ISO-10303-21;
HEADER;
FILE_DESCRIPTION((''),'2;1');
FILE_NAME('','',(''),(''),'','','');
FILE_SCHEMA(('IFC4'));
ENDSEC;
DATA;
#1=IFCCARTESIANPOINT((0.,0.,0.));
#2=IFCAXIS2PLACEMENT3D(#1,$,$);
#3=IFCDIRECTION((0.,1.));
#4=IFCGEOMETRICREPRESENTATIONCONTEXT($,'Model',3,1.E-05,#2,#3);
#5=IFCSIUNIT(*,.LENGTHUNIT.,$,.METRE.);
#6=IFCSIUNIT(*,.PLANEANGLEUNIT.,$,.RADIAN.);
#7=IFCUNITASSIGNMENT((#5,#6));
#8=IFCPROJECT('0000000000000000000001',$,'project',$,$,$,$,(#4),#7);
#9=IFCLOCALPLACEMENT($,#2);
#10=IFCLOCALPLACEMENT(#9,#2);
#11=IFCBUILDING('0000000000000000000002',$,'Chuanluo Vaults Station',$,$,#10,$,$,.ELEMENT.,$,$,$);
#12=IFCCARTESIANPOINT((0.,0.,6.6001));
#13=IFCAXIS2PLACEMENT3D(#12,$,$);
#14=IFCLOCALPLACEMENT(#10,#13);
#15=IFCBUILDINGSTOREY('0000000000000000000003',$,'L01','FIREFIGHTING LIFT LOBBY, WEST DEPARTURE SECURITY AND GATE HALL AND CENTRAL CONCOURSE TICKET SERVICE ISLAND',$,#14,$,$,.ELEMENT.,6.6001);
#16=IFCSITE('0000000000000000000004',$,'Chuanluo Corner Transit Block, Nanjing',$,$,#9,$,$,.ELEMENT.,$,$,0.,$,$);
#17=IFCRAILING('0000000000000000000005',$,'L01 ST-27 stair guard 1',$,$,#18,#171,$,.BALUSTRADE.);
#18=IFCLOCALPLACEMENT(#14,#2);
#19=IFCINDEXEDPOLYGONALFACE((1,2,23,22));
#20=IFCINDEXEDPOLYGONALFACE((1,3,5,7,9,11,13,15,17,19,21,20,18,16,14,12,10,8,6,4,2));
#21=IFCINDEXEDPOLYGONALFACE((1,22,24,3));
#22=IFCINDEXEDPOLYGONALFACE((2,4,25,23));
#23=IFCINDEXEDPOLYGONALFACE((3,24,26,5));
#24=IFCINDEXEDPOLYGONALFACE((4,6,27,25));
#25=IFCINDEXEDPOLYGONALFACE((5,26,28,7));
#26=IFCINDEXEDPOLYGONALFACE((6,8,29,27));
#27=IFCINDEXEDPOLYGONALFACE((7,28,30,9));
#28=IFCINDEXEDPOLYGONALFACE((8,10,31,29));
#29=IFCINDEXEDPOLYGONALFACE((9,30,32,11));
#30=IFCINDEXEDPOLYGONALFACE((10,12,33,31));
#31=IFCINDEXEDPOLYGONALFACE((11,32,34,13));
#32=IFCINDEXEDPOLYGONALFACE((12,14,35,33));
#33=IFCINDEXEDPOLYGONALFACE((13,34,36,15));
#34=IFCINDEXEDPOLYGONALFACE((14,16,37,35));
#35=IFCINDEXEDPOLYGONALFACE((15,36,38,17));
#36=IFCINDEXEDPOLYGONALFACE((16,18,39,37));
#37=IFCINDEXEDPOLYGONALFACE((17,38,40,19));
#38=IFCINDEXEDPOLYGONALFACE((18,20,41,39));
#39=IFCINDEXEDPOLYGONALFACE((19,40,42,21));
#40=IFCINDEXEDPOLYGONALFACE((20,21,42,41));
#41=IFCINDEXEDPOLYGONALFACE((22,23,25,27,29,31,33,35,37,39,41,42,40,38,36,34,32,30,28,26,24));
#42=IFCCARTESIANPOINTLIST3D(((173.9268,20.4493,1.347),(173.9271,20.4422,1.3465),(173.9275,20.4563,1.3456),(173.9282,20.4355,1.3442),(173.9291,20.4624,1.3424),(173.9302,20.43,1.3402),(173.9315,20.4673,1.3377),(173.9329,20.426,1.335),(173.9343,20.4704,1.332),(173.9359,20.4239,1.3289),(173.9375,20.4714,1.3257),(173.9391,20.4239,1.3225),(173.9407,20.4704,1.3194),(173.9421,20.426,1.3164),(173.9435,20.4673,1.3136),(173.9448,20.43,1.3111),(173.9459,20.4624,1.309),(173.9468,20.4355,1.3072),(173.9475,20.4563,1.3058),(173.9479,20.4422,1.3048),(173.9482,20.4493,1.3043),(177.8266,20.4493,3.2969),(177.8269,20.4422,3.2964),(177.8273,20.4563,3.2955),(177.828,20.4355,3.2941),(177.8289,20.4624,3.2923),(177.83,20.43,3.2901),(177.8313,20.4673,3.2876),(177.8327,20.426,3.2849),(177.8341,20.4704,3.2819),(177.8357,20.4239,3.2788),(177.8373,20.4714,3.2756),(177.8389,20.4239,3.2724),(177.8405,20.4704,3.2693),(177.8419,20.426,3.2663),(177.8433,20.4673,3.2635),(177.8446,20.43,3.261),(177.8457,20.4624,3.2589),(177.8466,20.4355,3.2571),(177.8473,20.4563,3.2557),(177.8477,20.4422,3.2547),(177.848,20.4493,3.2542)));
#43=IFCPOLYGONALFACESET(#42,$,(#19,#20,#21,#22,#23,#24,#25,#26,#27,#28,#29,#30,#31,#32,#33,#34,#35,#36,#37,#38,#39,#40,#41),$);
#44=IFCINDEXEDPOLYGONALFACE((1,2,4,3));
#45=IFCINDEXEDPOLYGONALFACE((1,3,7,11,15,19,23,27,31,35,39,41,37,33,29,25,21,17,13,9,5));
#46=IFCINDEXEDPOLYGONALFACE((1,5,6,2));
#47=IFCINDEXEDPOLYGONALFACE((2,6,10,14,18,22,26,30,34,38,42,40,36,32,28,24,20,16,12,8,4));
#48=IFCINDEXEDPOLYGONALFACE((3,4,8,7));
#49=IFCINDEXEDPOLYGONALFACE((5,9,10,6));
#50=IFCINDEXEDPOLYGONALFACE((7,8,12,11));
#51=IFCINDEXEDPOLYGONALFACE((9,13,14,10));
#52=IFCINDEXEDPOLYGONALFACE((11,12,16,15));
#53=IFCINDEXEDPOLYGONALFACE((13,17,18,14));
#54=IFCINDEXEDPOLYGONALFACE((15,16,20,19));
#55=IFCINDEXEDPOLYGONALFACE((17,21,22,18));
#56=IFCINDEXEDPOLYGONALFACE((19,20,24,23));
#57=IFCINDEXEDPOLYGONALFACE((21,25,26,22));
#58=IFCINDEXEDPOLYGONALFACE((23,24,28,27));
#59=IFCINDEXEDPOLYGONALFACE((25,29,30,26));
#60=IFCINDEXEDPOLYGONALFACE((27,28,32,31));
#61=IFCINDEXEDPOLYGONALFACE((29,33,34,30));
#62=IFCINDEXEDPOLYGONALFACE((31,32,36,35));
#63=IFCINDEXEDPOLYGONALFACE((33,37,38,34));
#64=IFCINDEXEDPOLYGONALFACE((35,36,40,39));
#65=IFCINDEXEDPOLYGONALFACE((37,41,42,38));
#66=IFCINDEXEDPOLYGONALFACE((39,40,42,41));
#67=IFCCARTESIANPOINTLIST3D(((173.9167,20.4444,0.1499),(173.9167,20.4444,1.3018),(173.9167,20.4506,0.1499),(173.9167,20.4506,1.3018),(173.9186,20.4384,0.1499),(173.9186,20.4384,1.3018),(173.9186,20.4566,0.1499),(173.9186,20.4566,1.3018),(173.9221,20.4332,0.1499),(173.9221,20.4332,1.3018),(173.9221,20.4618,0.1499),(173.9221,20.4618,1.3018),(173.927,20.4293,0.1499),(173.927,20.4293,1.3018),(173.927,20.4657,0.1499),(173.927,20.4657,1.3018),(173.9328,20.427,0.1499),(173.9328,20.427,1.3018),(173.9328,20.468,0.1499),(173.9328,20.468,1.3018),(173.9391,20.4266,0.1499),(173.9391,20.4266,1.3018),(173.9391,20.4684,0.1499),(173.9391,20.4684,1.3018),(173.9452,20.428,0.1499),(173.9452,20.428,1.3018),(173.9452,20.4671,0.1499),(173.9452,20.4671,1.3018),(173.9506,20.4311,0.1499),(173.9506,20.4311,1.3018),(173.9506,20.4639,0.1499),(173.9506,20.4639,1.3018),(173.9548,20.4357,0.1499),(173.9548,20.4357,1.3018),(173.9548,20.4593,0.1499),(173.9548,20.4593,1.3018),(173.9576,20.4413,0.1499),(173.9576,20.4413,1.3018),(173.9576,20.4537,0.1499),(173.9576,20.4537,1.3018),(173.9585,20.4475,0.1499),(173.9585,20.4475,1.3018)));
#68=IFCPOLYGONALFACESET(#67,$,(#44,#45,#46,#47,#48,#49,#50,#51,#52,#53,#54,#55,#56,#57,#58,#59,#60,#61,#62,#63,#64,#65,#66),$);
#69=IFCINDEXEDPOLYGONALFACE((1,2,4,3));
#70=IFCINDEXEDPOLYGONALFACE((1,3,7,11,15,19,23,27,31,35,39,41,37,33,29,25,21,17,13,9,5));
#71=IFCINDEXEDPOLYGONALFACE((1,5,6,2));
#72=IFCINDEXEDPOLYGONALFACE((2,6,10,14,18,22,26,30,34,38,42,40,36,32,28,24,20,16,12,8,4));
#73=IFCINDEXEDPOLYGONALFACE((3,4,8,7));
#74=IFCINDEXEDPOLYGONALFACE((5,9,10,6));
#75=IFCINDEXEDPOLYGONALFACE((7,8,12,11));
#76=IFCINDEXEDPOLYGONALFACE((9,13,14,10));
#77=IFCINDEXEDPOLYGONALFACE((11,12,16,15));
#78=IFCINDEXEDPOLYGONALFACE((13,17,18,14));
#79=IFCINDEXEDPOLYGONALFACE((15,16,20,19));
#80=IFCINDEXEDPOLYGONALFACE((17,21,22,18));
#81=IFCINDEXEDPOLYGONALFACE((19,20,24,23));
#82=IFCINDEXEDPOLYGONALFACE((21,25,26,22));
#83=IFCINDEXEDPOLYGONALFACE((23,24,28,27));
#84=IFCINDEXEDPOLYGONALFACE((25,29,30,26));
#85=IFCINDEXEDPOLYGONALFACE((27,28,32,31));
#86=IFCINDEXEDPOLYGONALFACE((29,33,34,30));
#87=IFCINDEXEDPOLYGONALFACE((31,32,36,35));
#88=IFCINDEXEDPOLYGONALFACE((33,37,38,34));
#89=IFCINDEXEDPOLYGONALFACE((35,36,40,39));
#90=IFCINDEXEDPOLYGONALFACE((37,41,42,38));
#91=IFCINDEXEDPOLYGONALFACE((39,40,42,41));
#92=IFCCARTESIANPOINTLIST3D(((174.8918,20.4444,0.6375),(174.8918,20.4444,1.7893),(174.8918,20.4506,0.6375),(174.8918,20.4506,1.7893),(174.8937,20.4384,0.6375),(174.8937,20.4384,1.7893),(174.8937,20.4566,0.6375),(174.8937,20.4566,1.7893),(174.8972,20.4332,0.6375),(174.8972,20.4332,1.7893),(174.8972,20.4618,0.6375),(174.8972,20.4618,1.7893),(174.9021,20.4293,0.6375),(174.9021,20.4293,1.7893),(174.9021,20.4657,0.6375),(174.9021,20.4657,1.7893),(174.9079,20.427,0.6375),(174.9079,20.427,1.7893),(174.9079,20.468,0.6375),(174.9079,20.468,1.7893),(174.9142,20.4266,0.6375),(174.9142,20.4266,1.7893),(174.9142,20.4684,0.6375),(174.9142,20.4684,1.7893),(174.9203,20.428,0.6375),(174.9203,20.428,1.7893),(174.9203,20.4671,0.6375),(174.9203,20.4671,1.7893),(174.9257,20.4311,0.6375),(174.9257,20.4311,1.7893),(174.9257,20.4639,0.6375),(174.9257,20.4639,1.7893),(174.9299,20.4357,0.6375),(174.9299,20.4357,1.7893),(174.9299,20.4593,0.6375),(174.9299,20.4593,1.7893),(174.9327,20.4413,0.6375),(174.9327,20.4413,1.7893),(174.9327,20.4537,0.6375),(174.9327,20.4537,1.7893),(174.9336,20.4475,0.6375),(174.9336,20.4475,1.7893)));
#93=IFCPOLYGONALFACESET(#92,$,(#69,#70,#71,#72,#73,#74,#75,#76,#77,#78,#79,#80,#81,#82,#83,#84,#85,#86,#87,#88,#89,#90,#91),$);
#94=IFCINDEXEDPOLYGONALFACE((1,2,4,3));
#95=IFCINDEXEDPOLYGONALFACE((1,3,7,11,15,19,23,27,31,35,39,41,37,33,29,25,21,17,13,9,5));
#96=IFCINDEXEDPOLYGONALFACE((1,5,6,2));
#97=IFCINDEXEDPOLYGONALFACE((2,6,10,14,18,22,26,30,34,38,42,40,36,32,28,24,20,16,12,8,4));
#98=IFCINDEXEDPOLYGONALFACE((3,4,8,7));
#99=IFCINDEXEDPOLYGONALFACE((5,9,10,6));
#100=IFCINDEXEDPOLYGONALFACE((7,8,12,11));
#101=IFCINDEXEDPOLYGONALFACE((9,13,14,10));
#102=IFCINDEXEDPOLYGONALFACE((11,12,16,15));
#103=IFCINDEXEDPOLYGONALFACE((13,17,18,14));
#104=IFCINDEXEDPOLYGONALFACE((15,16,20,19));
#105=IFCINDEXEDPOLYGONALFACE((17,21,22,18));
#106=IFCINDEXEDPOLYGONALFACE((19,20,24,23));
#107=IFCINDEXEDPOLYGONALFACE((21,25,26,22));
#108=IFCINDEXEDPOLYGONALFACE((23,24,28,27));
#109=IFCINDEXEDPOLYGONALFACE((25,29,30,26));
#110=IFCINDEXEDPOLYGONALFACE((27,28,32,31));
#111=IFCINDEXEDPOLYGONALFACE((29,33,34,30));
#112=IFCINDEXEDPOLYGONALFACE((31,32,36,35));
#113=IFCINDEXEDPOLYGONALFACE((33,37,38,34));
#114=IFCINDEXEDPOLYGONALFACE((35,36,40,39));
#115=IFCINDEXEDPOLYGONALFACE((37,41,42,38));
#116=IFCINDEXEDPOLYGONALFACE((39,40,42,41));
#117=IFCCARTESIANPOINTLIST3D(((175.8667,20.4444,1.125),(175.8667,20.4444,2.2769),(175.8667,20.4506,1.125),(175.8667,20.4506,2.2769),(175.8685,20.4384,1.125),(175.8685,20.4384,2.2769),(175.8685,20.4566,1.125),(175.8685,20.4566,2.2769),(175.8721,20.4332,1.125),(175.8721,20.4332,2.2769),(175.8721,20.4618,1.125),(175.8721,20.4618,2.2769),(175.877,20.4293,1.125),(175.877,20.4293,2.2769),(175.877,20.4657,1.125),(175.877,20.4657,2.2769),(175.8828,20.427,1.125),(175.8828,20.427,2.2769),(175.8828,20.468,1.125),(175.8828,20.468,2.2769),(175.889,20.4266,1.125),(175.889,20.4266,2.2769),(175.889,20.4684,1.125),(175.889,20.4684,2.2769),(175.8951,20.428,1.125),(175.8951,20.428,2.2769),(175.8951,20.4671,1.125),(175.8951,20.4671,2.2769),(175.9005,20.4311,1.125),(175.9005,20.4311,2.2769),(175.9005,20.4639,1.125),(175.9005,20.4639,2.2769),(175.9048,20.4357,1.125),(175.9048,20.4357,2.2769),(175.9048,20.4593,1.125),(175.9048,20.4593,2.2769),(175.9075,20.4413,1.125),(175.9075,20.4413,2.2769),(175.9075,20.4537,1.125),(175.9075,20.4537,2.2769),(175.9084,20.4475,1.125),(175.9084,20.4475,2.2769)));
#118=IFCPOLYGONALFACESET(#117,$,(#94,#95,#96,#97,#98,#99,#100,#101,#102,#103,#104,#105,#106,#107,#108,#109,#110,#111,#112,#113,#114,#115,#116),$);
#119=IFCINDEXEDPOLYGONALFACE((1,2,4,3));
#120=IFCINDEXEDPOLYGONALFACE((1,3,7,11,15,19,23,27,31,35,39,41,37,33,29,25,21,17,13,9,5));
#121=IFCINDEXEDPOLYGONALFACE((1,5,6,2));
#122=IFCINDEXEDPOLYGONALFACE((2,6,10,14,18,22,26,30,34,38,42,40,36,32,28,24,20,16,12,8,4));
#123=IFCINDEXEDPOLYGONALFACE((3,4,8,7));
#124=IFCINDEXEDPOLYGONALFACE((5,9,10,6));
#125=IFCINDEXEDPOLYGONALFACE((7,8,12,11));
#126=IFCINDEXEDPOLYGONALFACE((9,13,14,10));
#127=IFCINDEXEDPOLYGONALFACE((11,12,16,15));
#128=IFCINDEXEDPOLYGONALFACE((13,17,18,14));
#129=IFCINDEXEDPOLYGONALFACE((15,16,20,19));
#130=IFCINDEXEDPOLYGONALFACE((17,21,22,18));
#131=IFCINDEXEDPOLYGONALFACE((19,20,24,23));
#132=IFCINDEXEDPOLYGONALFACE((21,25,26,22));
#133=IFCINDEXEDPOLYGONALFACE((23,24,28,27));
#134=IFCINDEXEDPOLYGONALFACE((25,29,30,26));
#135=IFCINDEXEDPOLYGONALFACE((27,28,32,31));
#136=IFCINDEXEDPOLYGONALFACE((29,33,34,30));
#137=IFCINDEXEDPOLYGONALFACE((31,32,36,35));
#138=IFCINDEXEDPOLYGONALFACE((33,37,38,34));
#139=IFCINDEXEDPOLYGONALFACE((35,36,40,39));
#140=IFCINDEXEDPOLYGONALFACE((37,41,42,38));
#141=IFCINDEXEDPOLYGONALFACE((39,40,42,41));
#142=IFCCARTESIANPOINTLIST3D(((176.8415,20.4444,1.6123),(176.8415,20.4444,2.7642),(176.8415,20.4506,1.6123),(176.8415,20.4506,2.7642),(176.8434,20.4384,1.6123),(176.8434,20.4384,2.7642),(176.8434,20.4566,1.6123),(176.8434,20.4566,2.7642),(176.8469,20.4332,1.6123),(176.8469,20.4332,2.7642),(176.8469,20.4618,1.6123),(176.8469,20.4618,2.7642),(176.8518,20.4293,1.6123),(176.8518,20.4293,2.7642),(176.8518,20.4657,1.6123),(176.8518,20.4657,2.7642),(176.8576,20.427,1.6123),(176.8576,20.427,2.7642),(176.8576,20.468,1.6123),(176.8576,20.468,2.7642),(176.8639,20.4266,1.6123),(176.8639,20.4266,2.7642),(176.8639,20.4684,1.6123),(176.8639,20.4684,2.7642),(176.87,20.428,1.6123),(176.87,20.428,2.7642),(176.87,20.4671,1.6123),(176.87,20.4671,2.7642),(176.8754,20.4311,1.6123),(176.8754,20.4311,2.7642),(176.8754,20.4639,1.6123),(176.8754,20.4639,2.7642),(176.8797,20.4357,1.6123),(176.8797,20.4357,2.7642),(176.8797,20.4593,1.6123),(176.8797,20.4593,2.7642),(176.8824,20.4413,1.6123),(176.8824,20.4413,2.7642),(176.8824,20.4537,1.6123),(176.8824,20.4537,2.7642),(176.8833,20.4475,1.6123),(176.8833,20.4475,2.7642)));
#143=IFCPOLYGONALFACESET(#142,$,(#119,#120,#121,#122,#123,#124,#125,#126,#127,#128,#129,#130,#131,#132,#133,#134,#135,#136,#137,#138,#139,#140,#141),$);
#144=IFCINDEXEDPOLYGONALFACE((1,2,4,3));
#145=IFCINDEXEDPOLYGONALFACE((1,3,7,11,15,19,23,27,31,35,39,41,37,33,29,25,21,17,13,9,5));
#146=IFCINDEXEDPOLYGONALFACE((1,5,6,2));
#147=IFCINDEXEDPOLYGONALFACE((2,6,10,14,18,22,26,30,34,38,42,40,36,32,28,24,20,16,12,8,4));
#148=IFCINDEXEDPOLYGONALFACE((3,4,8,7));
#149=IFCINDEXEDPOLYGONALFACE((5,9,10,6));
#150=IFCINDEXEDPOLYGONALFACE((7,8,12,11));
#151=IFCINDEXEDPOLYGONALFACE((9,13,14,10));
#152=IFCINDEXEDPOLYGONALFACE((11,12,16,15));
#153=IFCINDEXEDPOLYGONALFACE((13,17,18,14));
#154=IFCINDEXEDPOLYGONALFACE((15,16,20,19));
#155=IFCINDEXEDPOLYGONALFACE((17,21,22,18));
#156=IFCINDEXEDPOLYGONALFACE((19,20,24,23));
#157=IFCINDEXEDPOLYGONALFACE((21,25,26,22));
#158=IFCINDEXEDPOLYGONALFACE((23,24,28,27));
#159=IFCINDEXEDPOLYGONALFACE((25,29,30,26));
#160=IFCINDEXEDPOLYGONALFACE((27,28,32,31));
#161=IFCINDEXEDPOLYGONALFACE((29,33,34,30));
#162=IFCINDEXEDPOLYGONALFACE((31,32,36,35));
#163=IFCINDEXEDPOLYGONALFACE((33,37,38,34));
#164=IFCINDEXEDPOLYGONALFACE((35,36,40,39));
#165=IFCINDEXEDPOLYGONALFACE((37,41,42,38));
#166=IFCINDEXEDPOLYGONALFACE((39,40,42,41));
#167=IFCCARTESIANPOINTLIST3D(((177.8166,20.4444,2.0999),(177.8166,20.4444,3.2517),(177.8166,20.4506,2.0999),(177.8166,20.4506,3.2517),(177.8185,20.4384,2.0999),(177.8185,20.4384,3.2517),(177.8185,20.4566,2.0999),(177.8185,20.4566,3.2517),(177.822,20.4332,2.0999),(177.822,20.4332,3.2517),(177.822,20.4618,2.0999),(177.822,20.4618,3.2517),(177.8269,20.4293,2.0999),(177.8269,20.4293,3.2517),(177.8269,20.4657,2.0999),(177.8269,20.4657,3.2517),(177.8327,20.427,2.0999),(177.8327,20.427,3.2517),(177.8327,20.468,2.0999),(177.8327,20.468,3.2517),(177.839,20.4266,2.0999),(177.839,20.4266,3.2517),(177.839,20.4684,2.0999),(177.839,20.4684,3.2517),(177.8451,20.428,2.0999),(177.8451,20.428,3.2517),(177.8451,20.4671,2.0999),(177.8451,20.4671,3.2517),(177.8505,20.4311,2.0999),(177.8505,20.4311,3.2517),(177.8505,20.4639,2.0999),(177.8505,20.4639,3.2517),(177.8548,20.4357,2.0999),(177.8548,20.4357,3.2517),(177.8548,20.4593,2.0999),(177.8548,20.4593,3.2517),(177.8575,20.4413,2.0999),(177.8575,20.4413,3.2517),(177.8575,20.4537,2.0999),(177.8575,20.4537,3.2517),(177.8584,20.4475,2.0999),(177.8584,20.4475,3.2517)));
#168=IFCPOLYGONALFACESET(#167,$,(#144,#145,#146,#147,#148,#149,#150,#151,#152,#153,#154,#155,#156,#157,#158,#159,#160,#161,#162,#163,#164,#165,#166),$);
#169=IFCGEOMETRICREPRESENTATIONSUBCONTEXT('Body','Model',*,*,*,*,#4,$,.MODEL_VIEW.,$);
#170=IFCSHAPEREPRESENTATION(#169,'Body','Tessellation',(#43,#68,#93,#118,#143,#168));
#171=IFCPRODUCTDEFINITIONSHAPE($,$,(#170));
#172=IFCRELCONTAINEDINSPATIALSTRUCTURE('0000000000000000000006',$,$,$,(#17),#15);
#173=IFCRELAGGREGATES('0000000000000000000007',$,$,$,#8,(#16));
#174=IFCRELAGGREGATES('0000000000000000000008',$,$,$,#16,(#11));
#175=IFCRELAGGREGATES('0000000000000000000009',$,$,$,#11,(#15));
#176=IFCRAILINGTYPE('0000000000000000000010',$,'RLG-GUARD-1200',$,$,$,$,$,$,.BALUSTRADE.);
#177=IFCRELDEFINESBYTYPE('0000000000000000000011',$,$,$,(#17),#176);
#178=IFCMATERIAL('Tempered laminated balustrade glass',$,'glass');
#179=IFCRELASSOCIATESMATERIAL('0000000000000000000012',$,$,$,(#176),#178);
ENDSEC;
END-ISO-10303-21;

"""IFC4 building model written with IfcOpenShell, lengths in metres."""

from ifc_helpers import new_model, si_unit, direction, frame, origin, origin_2d, place, context, subcontext, project, spatial, circle, extrude, material, type_object, element, save


model = new_model("IFC4")

# Units and contexts
model_context = context("Model", 3, precision=1e-05, world=origin(), true_north=direction((0.0, 1.0)))
body_context = subcontext(model_context, "Body", "Model", "MODEL_VIEW")
ifc_project = project(units=[si_unit("LENGTHUNIT", "METRE"), si_unit("PLANEANGLEUNIT", "RADIAN")], contexts=[model_context])

# Site, building, storey
site_placement = place(None, origin())
site = spatial("IfcSite", under=ifc_project, at=site_placement, Name="Chuanluo Corner Transit Block, Nanjing", CompositionType="ELEMENT", RefElevation=0.0)
building_placement = place(site_placement, origin())
building = spatial("IfcBuilding", under=site, at=building_placement, Name="Chuanluo Vaults Station", CompositionType="ELEMENT")
storey_placement = place(building_placement, frame((0.0, 0.0, 6.6001)))
storey = spatial("IfcBuildingStorey", under=building, at=storey_placement, Name="L01", Description="FIREFIGHTING LIFT LOBBY, WEST DEPARTURE SECURITY AND GATE HALL AND CENTRAL CONCOURSE TICKET SERVICE ISLAND", CompositionType="ELEMENT", Elevation=6.6001)

# Railing
ifc_material_1 = material(Name="Tempered laminated balustrade glass", Category="glass")
railing_type_1 = type_object("IfcRailingType", Name="RLG-GUARD-1200", PredefinedType="BALUSTRADE", material=ifc_material_1)
railing_1_placement = place(storey_placement, frame((173.9375, 20.4475, 0.1499)))
element("IfcRailing", 1, at=railing_1_placement, inside=storey, type_object=railing_type_1, Name="L01 ST-27 stair guard 1", PredefinedType="BALUSTRADE", context=body_context, shape_type="SweptSolid", body=[
    extrude(circle(Radius=0.0239, at=origin_2d()), frame((0.0, 0.0, 1.1758), z_axis=(0.894427, 0.0, 0.447214), x_axis=(0.0, 1.0, 0.0)), (0.0, 0.0, 1.0), 4.3601),
    extrude(circle(Radius=0.021, at=origin_2d()), origin(), (0.0, 0.0, 1.0), 1.1519),
    extrude(circle(Radius=0.021, at=origin_2d()), frame((0.9751, 0.0, 0.4875)), (0.0, 0.0, 1.0), 1.1519),
    extrude(circle(Radius=0.021, at=origin_2d()), frame((1.95, 0.0, 0.9751)), (0.0, 0.0, 1.0), 1.1519),
    extrude(circle(Radius=0.021, at=origin_2d()), frame((2.9248, 0.0, 1.4624)), (0.0, 0.0, 1.0), 1.1519),
    extrude(circle(Radius=0.021, at=origin_2d()), frame((3.8999, 0.0, 1.95)), (0.0, 0.0, 1.0), 1.1519),
])

save(model, "model.ifc")
